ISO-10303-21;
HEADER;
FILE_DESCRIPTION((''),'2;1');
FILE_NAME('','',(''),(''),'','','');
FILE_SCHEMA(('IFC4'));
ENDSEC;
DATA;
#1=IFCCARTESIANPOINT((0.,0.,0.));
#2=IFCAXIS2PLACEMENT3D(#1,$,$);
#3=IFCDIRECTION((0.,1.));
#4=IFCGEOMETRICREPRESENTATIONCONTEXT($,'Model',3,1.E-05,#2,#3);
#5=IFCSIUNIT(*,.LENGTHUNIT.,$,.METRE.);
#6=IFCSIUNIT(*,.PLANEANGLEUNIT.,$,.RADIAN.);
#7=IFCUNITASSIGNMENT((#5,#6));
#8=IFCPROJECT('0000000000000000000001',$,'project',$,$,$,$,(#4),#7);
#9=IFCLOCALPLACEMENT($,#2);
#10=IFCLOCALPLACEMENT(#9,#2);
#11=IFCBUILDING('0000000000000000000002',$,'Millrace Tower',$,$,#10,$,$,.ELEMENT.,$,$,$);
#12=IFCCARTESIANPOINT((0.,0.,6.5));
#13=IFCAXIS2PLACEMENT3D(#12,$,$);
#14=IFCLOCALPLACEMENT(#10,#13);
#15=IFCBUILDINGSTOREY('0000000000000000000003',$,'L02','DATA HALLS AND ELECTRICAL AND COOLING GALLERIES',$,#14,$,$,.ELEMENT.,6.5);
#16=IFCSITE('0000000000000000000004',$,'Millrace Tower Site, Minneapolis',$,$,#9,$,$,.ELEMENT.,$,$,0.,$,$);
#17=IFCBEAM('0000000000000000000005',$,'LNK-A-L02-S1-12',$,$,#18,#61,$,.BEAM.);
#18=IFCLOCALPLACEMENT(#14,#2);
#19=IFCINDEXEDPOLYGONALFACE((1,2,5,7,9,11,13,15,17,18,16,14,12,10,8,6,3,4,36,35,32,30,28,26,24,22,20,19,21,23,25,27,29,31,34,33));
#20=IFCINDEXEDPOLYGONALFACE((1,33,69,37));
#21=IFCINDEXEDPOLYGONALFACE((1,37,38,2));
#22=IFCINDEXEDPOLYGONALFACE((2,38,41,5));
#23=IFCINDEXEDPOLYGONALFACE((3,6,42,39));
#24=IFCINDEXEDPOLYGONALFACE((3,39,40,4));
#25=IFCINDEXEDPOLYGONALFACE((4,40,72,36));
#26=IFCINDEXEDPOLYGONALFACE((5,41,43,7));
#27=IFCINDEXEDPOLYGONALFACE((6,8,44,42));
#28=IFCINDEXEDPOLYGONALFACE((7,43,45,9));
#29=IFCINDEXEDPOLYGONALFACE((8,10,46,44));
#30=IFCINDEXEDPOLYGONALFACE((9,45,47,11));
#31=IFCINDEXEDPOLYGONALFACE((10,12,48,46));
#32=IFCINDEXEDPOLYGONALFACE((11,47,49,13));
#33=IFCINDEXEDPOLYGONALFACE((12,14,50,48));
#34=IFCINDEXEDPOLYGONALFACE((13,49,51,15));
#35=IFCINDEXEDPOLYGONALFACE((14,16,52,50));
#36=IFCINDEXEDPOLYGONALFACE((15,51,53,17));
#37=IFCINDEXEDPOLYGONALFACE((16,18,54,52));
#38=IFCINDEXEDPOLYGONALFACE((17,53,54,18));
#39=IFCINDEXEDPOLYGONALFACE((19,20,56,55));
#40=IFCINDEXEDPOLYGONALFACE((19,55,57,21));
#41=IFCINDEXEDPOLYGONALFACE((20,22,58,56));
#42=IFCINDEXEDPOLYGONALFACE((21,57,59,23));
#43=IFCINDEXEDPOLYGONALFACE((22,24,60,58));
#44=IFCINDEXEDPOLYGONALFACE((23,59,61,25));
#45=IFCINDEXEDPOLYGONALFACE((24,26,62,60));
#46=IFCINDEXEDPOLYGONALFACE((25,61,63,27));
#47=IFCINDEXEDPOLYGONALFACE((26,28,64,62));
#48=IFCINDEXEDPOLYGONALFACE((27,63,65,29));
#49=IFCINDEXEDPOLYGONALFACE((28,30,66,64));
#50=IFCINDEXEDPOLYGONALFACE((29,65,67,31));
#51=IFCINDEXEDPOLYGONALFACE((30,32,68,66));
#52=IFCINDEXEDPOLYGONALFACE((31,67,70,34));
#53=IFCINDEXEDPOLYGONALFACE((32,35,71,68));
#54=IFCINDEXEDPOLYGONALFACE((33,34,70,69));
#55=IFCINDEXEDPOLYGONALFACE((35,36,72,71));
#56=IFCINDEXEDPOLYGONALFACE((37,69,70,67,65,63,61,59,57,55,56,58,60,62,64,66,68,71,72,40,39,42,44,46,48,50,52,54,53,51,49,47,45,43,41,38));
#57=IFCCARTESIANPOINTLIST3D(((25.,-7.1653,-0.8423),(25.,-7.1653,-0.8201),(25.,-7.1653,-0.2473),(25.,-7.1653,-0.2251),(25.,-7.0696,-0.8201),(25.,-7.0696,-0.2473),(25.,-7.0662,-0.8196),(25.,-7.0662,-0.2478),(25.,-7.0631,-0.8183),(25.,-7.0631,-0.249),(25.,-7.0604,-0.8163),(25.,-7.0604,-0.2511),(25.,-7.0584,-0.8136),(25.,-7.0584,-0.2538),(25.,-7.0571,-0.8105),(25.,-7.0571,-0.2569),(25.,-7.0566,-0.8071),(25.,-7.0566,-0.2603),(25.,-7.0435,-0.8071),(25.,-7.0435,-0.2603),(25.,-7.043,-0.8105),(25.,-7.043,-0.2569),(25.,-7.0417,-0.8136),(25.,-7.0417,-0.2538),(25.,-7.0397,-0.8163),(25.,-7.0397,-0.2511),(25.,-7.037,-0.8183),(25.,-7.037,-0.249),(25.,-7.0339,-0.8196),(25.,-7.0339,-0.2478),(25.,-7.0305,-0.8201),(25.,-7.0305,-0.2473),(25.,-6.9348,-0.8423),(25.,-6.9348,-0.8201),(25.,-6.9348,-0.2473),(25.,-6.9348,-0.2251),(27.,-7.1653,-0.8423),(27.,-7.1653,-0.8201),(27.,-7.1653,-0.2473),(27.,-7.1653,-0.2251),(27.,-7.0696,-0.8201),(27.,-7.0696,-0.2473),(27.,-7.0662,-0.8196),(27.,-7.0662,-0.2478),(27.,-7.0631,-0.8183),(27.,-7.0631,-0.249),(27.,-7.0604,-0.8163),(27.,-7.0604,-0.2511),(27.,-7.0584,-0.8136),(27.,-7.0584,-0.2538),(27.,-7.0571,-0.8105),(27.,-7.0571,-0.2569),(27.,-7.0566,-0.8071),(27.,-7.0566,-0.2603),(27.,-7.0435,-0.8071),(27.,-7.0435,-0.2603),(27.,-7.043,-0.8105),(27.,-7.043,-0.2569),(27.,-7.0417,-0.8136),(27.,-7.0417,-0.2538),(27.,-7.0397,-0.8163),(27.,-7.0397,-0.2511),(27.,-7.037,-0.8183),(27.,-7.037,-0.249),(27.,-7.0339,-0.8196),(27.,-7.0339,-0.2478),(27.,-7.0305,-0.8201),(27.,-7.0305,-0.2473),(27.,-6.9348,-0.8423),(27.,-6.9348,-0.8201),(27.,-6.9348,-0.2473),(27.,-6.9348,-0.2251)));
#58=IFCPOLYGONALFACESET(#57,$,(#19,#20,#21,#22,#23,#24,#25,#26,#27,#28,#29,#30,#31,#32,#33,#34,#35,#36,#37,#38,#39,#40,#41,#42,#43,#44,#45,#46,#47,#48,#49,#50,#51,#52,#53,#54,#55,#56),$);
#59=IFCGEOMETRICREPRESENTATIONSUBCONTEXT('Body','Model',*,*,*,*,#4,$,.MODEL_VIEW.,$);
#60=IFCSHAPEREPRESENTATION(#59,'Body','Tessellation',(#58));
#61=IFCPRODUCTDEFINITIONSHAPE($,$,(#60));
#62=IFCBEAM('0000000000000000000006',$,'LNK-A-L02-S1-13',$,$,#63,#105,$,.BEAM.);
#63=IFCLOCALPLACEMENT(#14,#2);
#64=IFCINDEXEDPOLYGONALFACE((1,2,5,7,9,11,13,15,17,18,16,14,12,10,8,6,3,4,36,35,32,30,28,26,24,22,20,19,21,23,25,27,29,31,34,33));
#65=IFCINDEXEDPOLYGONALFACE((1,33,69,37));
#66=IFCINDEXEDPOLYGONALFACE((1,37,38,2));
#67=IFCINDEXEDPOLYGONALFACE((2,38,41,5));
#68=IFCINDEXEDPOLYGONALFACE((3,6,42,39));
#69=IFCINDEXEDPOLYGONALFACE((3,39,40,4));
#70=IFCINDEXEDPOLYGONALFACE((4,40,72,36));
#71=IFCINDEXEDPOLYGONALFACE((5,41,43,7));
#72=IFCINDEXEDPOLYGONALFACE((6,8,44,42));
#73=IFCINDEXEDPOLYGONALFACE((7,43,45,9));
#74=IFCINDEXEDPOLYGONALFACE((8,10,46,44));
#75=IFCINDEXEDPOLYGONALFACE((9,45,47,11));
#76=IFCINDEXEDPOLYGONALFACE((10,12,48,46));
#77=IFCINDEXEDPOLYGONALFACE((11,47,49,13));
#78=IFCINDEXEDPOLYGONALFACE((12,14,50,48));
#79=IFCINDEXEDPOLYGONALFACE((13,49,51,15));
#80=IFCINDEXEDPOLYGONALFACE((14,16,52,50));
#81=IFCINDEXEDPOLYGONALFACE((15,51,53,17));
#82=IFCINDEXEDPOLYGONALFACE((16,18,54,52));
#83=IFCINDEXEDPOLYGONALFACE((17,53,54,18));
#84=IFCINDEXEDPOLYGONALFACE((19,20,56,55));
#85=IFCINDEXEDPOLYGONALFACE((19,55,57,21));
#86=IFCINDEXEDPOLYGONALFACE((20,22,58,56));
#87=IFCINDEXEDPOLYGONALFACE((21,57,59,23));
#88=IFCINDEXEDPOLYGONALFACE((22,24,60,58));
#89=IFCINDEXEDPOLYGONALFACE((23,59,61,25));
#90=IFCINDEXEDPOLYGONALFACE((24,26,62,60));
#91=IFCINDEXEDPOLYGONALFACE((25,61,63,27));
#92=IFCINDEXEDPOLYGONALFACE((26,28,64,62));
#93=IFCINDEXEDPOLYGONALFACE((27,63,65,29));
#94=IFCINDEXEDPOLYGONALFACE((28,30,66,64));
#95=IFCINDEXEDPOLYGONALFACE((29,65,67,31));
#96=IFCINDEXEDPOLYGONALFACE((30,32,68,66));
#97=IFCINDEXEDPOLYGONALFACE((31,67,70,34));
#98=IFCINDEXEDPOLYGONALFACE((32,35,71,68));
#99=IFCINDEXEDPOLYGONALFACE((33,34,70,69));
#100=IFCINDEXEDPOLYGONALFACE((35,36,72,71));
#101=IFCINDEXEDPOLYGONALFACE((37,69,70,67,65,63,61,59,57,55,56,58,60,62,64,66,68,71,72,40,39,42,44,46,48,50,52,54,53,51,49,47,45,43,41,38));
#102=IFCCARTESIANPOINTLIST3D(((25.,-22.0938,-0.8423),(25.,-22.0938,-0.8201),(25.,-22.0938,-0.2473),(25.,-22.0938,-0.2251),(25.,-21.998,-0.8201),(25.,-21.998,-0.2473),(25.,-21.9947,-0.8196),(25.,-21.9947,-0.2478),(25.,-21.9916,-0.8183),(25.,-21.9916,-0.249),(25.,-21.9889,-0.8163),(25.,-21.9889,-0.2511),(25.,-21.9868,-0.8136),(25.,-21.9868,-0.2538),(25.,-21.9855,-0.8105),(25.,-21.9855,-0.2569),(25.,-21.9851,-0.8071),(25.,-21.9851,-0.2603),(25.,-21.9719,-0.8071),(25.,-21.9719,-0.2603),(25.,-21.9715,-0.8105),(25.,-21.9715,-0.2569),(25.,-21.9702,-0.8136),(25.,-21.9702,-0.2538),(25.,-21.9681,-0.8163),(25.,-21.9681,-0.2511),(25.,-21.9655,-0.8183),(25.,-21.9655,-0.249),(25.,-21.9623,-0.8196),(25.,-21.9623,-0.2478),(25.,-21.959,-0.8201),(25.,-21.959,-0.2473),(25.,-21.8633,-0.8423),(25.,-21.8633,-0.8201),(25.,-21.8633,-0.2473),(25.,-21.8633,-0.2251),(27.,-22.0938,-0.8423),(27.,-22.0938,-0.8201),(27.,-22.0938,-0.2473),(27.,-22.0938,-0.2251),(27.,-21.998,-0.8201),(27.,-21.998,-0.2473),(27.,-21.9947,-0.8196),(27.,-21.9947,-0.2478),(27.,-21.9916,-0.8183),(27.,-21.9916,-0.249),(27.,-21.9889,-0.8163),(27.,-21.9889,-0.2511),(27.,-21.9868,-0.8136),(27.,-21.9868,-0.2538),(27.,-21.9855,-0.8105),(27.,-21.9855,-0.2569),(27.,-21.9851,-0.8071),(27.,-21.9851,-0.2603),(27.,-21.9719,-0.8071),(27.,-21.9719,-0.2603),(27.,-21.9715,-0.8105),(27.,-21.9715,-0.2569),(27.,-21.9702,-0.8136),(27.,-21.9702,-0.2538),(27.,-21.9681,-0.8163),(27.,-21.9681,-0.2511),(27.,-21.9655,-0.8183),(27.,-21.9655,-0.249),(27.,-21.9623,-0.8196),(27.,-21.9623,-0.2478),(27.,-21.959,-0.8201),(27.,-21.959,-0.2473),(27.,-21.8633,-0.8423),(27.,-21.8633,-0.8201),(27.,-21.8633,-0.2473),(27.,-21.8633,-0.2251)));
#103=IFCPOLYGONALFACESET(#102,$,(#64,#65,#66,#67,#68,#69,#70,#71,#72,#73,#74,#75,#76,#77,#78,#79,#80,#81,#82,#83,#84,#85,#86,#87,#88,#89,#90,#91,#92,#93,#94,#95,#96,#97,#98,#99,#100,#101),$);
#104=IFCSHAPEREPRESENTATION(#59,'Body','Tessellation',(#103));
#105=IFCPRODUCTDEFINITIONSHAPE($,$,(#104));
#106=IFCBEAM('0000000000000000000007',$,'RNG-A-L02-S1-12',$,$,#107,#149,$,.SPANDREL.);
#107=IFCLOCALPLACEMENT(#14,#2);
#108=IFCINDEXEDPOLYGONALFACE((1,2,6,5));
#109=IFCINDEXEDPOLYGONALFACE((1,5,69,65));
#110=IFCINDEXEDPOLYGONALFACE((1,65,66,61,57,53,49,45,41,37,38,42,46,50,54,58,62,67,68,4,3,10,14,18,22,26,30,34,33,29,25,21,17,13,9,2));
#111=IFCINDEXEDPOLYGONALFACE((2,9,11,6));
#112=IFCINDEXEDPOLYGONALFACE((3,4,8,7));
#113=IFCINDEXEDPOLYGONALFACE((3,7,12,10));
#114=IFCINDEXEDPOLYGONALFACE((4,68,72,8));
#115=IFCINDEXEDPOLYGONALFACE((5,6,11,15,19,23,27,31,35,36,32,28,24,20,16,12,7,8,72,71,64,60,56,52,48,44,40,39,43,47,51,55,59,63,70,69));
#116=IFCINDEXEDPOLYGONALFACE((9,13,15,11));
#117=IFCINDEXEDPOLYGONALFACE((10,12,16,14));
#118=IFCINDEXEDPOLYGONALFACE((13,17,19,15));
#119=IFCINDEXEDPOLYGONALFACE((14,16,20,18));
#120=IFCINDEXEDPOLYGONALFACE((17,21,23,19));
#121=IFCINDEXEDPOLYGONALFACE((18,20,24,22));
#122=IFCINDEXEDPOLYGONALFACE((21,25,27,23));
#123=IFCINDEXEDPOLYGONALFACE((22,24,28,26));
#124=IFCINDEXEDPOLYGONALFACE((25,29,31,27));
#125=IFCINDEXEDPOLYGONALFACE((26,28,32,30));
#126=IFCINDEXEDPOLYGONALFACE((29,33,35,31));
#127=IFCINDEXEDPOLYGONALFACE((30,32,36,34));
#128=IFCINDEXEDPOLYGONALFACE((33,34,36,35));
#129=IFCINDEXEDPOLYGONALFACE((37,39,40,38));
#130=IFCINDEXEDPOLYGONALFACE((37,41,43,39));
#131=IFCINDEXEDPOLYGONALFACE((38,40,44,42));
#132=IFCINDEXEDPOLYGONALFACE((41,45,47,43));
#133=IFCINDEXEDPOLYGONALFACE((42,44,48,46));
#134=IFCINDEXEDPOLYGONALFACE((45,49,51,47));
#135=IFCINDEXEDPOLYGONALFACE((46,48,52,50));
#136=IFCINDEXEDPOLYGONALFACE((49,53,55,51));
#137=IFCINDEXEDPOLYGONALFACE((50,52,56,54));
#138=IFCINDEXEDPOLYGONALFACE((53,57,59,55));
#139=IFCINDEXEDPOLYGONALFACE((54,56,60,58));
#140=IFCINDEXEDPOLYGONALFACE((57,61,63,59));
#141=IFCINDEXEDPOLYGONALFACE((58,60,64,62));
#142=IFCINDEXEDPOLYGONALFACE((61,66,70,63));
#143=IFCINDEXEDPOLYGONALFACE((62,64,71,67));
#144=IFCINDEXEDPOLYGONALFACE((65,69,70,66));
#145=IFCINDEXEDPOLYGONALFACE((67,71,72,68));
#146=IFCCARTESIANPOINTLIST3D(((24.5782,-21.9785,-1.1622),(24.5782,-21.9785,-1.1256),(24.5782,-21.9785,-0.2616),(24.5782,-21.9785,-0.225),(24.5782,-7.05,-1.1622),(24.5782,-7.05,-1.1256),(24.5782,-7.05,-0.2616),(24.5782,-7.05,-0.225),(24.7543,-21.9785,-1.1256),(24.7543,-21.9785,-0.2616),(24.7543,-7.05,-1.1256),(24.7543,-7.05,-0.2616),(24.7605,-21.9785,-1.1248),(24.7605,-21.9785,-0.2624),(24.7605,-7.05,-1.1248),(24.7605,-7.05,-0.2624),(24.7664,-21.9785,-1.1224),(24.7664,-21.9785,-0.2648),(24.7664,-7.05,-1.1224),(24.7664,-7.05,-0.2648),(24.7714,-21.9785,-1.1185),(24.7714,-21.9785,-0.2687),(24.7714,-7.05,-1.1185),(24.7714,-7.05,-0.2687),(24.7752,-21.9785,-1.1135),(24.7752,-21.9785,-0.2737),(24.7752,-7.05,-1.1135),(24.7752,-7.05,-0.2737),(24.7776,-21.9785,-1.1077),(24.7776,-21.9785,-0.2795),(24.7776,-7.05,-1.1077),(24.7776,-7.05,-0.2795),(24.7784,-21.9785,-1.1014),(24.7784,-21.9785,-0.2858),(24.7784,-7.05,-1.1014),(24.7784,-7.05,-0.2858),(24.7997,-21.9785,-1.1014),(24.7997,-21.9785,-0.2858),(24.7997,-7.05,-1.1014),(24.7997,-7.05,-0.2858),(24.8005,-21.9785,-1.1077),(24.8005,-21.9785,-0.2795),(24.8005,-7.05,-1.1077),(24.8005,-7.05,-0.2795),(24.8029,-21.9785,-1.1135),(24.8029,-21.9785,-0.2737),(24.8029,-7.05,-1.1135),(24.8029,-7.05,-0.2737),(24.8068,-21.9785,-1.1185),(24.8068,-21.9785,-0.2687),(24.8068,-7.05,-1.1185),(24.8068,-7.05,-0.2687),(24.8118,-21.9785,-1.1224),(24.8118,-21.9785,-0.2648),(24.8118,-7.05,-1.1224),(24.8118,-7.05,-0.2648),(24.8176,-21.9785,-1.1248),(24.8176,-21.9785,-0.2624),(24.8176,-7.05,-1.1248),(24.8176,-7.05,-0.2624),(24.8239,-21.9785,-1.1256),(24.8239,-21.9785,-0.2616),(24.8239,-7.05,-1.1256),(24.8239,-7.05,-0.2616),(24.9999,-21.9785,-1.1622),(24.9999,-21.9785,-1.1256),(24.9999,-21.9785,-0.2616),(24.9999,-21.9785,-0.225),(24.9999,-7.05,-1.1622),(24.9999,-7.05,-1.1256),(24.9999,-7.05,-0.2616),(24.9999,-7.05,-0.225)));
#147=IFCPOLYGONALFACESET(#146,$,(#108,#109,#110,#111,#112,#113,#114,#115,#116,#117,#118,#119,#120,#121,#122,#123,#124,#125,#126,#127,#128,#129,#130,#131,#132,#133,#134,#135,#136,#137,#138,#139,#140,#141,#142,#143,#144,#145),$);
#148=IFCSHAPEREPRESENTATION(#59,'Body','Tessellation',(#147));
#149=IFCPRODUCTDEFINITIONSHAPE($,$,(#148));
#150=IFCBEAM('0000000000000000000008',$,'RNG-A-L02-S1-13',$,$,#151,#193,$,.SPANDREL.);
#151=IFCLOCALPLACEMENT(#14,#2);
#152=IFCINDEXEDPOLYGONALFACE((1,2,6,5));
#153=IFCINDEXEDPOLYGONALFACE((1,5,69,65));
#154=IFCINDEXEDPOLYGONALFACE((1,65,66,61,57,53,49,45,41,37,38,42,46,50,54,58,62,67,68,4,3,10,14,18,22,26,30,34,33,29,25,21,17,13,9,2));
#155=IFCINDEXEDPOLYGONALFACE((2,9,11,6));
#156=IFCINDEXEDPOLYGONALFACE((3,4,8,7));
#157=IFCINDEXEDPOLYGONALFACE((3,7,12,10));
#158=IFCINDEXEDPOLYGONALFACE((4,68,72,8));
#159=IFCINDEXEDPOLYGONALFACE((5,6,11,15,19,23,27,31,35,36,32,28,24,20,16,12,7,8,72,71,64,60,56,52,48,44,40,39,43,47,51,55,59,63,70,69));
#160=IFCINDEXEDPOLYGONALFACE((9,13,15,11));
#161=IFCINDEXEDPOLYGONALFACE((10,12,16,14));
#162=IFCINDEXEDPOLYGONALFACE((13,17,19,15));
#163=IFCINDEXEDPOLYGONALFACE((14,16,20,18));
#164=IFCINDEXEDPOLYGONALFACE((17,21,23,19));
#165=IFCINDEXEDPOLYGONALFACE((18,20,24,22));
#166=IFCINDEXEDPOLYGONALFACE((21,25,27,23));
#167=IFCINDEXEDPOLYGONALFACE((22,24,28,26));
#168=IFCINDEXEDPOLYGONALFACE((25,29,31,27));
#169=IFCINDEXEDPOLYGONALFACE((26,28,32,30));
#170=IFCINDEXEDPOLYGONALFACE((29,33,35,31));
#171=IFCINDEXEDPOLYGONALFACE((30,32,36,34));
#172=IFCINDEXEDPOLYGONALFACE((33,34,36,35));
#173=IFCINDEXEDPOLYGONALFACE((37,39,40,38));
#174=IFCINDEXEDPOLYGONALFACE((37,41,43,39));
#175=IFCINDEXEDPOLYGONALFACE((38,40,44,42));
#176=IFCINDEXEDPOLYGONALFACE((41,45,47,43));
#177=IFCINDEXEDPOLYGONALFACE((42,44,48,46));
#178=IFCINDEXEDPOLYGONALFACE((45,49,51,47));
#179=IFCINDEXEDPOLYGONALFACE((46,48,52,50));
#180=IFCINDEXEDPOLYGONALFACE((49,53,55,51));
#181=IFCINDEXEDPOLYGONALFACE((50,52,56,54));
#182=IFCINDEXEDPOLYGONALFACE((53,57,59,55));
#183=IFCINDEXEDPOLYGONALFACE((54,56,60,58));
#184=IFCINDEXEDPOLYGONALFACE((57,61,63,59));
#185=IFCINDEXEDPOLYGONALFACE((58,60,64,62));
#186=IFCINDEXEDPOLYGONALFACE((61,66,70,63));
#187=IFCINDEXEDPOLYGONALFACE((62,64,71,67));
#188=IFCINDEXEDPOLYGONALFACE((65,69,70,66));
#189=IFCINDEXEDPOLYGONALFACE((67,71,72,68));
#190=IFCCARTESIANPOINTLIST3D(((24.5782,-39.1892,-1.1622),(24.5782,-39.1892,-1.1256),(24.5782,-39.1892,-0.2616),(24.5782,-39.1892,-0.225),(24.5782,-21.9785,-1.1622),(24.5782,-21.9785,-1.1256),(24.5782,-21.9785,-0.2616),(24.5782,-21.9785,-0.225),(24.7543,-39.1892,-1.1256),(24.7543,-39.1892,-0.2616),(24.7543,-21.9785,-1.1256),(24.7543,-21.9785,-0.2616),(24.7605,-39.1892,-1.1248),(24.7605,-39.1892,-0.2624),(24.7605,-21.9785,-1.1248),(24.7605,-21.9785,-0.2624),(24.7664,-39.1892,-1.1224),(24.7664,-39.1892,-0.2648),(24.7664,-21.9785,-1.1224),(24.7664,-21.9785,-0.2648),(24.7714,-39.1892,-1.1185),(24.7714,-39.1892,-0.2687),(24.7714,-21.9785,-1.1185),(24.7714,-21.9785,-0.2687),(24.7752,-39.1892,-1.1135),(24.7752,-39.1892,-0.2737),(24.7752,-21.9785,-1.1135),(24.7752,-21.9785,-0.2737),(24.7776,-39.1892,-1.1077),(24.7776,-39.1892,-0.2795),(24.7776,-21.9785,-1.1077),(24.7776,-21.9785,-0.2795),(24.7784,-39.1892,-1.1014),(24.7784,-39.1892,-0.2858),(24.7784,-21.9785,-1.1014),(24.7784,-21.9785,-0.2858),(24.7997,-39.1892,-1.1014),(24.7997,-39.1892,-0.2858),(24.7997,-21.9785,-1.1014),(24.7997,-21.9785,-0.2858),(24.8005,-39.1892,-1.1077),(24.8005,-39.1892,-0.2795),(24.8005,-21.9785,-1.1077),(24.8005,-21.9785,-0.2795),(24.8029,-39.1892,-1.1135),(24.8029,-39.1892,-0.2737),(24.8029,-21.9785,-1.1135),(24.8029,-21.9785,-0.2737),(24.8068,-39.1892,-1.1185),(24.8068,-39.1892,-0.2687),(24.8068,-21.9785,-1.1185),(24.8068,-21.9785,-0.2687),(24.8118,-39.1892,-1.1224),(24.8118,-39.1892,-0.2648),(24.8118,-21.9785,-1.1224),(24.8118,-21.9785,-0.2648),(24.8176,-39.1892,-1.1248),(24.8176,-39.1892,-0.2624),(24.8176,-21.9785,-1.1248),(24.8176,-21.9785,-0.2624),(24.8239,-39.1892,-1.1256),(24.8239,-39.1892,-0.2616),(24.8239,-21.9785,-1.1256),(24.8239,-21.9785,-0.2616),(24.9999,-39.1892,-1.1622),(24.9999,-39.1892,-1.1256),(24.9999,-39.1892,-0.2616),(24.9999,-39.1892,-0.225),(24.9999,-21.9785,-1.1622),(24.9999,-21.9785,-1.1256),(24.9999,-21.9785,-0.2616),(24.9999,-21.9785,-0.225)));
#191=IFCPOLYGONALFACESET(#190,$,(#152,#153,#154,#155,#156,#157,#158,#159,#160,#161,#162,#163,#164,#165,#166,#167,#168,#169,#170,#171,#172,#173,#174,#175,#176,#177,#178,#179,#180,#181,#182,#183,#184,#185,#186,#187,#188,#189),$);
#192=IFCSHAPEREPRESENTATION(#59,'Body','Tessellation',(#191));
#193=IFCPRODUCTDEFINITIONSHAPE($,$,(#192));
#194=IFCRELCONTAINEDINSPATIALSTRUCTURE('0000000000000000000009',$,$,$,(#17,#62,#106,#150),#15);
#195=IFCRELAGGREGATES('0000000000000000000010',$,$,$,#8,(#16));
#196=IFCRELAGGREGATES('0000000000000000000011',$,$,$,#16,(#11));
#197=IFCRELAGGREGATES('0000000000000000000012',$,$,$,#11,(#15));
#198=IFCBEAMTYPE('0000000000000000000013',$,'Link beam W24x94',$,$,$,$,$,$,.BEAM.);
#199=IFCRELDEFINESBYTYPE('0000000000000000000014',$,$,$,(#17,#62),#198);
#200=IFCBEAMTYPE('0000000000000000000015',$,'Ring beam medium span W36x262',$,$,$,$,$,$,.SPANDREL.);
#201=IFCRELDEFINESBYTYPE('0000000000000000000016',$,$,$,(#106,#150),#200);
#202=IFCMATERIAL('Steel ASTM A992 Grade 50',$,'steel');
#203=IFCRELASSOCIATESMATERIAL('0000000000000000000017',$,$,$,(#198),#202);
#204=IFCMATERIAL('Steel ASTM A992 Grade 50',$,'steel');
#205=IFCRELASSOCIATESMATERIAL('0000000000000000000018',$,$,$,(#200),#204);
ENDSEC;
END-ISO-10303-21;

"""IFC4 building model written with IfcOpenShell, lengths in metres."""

from ifc_helpers import new_model, si_unit, direction, frame, origin, origin_2d, place, context, subcontext, project, spatial, i_section, extrude, material, material_profile, profile_set, type_object, element, save


model = new_model("IFC4")

# Units and contexts
model_context = context("Model", 3, precision=1e-05, world=origin(), true_north=direction((0.0, 1.0)))
body_context = subcontext(model_context, "Body", "Model", "MODEL_VIEW")
ifc_project = project(units=[si_unit("LENGTHUNIT", "METRE"), si_unit("PLANEANGLEUNIT", "RADIAN")], contexts=[model_context])

# Site, building, storey
site_placement = place(None, origin())
site = spatial("IfcSite", under=ifc_project, at=site_placement, Name="Millrace Tower Site, Minneapolis", CompositionType="ELEMENT", RefElevation=0.0)
building_placement = place(site_placement, origin())
building = spatial("IfcBuilding", under=site, at=building_placement, Name="Millrace Tower", CompositionType="ELEMENT")
storey_placement = place(building_placement, frame((0.0, 0.0, 6.5)))
storey = spatial("IfcBuildingStorey", under=building, at=storey_placement, Name="L02", Description="DATA HALLS AND ELECTRICAL AND COOLING GALLERIES", CompositionType="ELEMENT", Elevation=6.5)

# Beams
ifc_material_1 = material(Name="Steel ASTM A992 Grade 50", Category="steel")
ifc_material_profile_1 = material_profile(ifc_material_1, i_section(OverallWidth=0.2305, OverallDepth=0.6172, WebThickness=0.0132, FlangeThickness=0.0222, FilletRadius=0.0129, at=origin_2d()))
ifc_profile_set_1 = profile_set([ifc_material_profile_1], Name="Steel ASTM A992 Grade 50")
beam_type_1 = type_object("IfcBeamType", Name="Link beam W24x94", PredefinedType="BEAM", material=ifc_profile_set_1)
for number, where, z_axis, x_axis, name in (
    (1, (25.0, -7.05, -0.5337), (1.0, 0.0, 0.0), (0.0, 1.0, 0.0), "LNK-A-L02-S1-12"),
    (2, (25.0, -21.9785, -0.5337), (1.0, 0.0, 0.0), (0.0, 1.0, 0.0), "LNK-A-L02-S1-13"),
):
    element("IfcBeam", number, at=place(storey_placement, frame(where, z_axis=z_axis, x_axis=x_axis)), inside=storey, type_object=beam_type_1, Name=name, PredefinedType="BEAM", context=body_context, shape_type="SweptSolid", body=[
        extrude(i_section(OverallWidth=0.2305, OverallDepth=0.6172, WebThickness=0.0132, FlangeThickness=0.0222, FilletRadius=0.0129, at=origin_2d()), origin(), (0.0, 0.0, 1.0), 2.0),
    ])
ifc_material_2 = material(Name="Steel ASTM A992 Grade 50", Category="steel")
ifc_material_profile_2 = material_profile(ifc_material_2, i_section(OverallWidth=0.4216, OverallDepth=0.9373, WebThickness=0.0212, FlangeThickness=0.0366, FilletRadius=0.0242, at=origin_2d()))
ifc_profile_set_2 = profile_set([ifc_material_profile_2], Name="Steel ASTM A992 Grade 50")
beam_type_2 = type_object("IfcBeamType", Name="Ring beam medium span W36x262", PredefinedType="SPANDREL", material=ifc_profile_set_2)
beam_1_placement = place(storey_placement, frame((24.7891, -7.05, -0.6936), z_axis=(0.0, -1.0, 0.0), x_axis=(1.0, 0.0, 0.0)))
element("IfcBeam", 3, at=beam_1_placement, inside=storey, type_object=beam_type_2, Name="RNG-A-L02-S1-12", PredefinedType="SPANDREL", context=body_context, shape_type="SweptSolid", body=[
    extrude(i_section(OverallWidth=0.4216, OverallDepth=0.9373, WebThickness=0.0212, FlangeThickness=0.0366, FilletRadius=0.0242, at=origin_2d()), origin(), (0.0, 0.0, 1.0), 14.9285),
])
beam_2_placement = place(storey_placement, frame((24.7891, -21.9785, -0.6936), z_axis=(0.0, -1.0, 0.0), x_axis=(1.0, 0.0, 0.0)))
element("IfcBeam", 4, at=beam_2_placement, inside=storey, type_object=beam_type_2, Name="RNG-A-L02-S1-13", PredefinedType="SPANDREL", context=body_context, shape_type="SweptSolid", body=[
    extrude(i_section(OverallWidth=0.4216, OverallDepth=0.9373, WebThickness=0.0212, FlangeThickness=0.0366, FilletRadius=0.0242, at=origin_2d()), origin(), (0.0, 0.0, 1.0), 17.2107),
])

save(model, "model.ifc")
